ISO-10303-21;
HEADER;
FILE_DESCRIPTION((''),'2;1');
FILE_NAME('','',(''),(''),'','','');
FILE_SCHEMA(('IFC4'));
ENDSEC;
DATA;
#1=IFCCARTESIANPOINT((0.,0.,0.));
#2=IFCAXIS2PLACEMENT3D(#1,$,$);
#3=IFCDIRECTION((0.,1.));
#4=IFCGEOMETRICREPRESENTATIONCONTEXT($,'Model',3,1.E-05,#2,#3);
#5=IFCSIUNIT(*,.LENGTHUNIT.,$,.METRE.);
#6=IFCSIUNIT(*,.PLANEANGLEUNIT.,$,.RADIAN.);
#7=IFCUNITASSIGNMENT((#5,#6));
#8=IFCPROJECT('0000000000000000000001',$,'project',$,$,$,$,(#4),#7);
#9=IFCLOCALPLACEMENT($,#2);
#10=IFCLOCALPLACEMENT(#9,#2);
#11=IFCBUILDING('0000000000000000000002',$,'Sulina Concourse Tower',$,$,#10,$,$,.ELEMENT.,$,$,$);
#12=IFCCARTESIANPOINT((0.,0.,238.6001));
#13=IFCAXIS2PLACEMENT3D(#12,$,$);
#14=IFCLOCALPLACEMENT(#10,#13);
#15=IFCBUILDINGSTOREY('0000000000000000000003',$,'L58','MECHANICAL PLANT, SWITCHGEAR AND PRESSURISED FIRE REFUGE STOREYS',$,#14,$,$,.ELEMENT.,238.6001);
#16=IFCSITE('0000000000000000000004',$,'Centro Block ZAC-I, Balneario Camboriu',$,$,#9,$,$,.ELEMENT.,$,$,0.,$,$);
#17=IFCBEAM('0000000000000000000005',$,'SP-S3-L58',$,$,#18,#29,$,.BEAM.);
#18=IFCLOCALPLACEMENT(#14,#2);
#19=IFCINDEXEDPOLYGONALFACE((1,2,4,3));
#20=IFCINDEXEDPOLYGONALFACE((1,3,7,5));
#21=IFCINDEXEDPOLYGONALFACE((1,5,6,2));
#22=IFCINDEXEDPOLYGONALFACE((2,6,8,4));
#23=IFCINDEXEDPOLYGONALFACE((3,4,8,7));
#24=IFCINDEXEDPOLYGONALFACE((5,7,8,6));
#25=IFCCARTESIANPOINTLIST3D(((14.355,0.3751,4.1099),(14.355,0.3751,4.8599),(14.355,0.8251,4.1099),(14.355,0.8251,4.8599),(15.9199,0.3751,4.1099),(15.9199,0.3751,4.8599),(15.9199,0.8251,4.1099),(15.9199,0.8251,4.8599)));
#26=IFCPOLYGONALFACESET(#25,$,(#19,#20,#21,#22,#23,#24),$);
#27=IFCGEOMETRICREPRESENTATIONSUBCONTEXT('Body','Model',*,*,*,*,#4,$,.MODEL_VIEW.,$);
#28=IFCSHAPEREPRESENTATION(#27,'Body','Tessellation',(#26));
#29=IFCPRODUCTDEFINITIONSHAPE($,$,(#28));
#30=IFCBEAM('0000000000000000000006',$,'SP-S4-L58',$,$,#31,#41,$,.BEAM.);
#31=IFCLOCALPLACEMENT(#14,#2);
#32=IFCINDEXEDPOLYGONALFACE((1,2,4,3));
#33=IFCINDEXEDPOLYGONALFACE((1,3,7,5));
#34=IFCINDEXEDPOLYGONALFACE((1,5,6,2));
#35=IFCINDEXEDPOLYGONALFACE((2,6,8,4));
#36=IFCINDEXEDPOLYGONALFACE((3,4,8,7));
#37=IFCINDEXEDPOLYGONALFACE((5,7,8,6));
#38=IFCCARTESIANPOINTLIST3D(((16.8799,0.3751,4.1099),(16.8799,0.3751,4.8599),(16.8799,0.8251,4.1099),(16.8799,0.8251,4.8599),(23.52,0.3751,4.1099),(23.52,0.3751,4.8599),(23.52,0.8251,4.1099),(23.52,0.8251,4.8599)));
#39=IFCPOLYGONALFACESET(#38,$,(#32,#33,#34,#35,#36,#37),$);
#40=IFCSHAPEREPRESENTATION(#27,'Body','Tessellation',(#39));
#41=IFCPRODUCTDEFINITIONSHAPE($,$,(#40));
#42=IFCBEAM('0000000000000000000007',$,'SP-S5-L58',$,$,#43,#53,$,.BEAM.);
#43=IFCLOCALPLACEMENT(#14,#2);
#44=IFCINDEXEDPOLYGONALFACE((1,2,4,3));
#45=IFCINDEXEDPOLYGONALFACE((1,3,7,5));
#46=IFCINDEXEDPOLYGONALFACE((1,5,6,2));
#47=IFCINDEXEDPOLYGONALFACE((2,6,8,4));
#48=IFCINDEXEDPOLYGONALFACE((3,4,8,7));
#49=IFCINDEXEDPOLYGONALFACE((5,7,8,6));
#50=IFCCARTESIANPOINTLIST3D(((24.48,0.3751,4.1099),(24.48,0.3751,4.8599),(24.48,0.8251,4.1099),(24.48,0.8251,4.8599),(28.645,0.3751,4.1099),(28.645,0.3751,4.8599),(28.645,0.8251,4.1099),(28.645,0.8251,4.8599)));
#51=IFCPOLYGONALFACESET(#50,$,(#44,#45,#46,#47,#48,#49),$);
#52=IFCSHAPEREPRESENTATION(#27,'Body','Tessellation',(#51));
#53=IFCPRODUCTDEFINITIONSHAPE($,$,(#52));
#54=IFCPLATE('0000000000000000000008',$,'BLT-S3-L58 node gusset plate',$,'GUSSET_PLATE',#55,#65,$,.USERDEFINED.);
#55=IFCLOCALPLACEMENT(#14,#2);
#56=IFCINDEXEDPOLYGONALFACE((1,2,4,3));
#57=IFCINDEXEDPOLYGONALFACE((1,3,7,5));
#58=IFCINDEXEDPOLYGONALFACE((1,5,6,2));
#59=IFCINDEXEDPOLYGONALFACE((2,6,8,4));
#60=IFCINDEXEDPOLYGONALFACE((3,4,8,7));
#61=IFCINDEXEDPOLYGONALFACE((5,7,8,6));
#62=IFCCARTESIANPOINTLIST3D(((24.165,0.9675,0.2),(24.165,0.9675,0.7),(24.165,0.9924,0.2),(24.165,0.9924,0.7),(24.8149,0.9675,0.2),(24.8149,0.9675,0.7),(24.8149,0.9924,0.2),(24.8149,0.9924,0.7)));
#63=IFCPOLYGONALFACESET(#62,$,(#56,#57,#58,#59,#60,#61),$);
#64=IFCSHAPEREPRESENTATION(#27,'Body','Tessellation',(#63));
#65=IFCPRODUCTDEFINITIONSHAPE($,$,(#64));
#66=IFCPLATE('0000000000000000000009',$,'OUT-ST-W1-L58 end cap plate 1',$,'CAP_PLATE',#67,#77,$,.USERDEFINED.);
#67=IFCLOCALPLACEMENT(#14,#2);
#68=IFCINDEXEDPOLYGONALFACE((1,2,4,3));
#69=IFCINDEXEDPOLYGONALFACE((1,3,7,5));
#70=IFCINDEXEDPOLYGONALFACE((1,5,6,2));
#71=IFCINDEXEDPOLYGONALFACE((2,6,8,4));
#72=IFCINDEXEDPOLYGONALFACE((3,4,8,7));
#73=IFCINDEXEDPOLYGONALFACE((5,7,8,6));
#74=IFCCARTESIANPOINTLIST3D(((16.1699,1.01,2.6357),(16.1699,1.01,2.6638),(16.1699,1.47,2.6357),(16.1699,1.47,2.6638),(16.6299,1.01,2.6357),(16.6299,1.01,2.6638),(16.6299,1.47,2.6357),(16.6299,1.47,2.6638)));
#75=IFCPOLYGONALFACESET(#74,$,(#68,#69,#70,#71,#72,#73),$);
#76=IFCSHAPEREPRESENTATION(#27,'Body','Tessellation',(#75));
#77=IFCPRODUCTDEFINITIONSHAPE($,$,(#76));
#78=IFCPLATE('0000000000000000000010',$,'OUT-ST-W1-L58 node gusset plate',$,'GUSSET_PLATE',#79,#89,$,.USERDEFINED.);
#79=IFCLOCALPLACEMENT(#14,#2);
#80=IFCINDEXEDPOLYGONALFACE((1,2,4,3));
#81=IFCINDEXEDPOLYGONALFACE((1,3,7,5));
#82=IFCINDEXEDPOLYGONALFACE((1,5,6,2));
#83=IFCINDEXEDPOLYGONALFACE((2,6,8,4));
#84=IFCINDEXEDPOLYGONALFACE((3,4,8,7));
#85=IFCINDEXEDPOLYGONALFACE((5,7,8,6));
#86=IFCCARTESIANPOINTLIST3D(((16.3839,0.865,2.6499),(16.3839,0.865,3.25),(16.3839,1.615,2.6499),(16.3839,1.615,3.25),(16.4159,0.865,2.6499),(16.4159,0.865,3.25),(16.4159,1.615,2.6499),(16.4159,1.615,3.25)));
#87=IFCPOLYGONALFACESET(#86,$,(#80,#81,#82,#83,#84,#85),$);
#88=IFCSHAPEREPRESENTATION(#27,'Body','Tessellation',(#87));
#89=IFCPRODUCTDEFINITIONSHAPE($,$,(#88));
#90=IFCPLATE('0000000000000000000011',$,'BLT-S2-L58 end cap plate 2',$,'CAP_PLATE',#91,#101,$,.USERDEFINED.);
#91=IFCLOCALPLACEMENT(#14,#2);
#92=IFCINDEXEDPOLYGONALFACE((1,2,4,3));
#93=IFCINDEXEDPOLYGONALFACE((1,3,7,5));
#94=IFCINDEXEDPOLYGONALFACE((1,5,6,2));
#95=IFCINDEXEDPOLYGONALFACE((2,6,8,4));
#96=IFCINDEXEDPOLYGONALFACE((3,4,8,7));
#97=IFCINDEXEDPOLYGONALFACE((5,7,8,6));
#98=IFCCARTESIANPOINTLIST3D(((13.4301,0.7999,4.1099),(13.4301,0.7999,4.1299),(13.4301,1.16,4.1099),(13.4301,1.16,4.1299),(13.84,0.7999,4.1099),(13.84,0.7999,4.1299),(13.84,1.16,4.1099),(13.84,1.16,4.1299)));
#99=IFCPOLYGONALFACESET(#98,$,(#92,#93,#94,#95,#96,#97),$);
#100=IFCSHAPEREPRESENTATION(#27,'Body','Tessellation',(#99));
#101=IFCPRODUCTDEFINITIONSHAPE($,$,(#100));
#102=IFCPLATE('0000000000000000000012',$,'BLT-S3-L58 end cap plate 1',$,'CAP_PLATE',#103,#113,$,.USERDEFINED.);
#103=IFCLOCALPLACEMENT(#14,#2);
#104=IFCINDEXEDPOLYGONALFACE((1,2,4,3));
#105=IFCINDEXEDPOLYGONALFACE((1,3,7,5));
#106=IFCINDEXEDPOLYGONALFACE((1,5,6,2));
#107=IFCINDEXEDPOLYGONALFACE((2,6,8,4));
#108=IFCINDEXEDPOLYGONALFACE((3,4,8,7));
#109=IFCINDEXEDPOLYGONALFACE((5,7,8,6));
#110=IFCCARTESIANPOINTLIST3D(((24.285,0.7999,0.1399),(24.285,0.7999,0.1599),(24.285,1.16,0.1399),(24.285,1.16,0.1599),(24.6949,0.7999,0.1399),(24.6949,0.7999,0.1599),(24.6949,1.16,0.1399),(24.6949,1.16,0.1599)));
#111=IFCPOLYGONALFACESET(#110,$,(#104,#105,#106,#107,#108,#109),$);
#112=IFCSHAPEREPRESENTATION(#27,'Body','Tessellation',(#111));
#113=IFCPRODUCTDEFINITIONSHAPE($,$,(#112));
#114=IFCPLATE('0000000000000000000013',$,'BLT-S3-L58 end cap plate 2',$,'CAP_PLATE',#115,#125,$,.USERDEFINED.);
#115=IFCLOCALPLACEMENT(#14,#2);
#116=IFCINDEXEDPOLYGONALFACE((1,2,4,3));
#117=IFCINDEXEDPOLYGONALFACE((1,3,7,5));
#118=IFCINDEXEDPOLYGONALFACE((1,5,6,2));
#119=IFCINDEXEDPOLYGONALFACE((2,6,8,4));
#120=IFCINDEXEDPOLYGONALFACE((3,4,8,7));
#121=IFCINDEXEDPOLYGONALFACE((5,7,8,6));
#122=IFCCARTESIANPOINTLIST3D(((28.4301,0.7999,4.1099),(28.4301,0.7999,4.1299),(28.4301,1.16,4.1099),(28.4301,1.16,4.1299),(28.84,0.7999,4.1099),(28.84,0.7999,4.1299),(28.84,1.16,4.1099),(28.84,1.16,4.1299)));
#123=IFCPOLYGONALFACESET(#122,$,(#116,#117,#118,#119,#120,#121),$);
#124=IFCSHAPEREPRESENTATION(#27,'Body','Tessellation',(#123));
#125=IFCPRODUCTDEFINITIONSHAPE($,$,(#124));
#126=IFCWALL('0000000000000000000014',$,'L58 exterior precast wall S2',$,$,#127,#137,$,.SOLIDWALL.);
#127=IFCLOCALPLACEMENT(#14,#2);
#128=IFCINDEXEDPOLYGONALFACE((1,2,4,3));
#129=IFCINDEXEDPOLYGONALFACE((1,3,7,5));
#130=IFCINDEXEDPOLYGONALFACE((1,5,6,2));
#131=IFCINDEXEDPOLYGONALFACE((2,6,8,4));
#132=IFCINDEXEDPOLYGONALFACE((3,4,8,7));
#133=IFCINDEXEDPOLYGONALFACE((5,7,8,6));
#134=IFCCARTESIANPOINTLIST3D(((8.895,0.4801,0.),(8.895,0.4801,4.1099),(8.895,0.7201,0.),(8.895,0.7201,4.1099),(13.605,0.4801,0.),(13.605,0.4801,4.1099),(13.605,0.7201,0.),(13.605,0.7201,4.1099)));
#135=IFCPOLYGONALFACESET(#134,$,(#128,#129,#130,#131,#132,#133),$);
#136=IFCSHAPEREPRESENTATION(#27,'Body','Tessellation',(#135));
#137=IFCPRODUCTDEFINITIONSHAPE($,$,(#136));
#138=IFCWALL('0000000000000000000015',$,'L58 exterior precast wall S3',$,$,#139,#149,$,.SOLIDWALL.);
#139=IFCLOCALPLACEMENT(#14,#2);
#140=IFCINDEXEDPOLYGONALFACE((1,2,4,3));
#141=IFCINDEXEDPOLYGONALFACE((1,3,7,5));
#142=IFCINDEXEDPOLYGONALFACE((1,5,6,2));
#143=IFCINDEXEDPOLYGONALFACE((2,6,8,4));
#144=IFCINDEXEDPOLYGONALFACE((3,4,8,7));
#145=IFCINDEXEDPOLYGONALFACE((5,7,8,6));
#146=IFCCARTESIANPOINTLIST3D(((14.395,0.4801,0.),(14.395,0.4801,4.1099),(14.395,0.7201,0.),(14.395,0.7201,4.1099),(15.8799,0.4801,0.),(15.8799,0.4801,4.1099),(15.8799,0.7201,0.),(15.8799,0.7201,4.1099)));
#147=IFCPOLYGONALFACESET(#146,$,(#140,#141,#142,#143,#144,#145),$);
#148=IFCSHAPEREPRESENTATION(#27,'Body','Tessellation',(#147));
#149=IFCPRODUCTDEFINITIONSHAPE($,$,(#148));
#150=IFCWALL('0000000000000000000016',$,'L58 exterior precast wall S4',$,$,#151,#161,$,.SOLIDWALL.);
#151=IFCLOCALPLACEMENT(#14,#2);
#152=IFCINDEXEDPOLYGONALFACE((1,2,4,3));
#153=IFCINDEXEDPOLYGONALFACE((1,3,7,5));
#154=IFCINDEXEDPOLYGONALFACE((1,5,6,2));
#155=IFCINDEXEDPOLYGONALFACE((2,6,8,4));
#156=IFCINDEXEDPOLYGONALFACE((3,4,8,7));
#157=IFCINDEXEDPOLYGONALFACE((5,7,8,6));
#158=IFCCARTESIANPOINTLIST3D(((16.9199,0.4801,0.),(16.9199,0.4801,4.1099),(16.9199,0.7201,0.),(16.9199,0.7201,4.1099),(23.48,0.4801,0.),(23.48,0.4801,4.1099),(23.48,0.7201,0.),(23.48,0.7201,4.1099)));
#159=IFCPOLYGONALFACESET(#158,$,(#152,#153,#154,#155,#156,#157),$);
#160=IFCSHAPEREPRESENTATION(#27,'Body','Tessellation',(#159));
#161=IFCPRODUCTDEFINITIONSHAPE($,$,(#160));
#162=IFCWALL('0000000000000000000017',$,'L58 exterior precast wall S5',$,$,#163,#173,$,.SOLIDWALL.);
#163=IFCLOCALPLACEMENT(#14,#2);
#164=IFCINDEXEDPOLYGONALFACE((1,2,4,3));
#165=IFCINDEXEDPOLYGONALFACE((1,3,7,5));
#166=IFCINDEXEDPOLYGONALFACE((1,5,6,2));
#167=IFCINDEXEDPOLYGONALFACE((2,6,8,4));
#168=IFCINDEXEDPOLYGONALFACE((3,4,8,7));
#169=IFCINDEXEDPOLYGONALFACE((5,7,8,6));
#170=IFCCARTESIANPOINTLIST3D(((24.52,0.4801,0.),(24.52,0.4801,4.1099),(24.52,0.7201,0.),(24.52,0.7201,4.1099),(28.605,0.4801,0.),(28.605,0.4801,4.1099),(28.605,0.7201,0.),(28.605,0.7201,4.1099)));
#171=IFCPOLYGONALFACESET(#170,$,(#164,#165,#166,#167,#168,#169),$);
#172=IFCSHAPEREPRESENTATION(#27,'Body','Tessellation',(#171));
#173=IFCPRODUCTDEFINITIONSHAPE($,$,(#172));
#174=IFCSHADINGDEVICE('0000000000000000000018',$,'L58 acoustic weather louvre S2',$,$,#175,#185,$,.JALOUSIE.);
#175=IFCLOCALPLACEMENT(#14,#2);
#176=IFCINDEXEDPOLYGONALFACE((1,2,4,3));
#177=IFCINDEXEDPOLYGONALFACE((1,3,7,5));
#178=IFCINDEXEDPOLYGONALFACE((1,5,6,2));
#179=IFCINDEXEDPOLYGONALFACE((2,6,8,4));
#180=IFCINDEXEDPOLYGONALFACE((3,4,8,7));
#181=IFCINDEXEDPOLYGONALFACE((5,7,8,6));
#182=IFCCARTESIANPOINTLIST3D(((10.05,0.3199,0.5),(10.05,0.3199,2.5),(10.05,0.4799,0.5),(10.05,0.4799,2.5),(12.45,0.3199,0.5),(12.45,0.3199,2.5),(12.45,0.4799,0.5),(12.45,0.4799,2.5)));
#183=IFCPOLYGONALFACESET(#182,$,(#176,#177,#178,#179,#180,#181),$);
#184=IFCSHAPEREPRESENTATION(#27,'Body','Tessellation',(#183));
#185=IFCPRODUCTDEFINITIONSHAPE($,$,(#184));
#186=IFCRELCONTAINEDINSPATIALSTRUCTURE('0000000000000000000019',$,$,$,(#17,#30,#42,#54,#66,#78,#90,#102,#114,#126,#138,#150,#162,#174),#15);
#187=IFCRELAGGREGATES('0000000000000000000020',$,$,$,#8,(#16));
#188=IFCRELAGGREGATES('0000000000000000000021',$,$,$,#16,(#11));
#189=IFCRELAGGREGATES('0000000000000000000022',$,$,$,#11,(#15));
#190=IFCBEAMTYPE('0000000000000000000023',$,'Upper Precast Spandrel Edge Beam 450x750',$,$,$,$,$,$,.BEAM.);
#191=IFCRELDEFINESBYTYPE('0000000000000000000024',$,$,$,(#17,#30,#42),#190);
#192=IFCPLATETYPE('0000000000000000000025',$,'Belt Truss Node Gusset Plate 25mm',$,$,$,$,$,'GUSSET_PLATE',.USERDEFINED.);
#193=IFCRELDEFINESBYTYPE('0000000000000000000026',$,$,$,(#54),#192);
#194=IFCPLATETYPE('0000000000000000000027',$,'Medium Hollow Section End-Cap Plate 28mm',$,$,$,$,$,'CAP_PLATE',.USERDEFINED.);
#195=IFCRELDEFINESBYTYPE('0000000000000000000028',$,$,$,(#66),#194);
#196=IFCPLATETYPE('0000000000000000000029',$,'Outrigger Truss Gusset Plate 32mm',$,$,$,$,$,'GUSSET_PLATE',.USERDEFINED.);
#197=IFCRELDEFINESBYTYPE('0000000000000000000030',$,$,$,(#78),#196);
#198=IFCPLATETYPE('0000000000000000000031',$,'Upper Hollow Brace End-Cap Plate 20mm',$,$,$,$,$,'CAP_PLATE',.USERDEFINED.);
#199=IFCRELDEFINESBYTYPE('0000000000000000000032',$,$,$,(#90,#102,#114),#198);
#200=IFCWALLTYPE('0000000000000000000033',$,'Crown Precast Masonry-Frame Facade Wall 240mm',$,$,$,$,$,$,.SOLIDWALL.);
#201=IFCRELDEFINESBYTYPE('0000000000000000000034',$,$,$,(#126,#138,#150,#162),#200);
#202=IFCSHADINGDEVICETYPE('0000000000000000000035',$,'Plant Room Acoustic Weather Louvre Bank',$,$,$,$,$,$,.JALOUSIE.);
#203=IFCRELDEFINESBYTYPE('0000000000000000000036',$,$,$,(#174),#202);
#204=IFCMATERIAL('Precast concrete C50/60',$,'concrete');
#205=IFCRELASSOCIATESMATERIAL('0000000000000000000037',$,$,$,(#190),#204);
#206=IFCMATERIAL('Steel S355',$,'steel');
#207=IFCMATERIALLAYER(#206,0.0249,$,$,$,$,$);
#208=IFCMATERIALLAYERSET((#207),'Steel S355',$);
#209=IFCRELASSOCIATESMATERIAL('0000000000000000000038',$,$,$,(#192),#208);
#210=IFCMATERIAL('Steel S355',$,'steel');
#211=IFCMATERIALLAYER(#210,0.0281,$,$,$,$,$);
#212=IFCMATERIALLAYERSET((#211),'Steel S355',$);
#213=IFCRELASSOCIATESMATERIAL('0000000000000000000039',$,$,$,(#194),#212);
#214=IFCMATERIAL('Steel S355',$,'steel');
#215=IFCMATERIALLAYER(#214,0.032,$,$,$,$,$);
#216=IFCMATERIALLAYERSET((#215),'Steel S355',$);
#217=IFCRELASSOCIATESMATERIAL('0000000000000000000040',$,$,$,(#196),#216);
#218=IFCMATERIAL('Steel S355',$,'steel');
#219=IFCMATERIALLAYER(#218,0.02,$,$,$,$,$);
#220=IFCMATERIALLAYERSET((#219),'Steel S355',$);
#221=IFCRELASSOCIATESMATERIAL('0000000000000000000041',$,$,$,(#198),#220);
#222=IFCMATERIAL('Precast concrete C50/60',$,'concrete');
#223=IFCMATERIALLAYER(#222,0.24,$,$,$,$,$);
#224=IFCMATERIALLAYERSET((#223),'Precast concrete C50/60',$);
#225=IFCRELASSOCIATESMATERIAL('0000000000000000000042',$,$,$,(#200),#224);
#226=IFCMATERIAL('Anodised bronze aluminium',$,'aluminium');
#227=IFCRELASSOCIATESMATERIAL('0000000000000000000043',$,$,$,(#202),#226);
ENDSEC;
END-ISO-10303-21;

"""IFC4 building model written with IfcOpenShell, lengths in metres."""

from ifc_helpers import new_model, si_unit, direction, frame, frame_2d, origin, origin_2d, place, context, subcontext, project, spatial, rectangle, extrude, material, layer, layer_set, material_profile, profile_set, type_object, element, save


model = new_model("IFC4")

# Units and contexts
model_context = context("Model", 3, precision=1e-05, world=origin(), true_north=direction((0.0, 1.0)))
body_context = subcontext(model_context, "Body", "Model", "MODEL_VIEW")
ifc_project = project(units=[si_unit("LENGTHUNIT", "METRE"), si_unit("PLANEANGLEUNIT", "RADIAN")], contexts=[model_context])

# Site, building, storey
site_placement = place(None, origin())
site = spatial("IfcSite", under=ifc_project, at=site_placement, Name="Centro Block ZAC-I, Balneario Camboriu", CompositionType="ELEMENT", RefElevation=0.0)
building_placement = place(site_placement, origin())
building = spatial("IfcBuilding", under=site, at=building_placement, Name="Sulina Concourse Tower", CompositionType="ELEMENT")
storey_placement = place(building_placement, frame((0.0, 0.0, 238.6001)))
storey = spatial("IfcBuildingStorey", under=building, at=storey_placement, Name="L58", Description="MECHANICAL PLANT, SWITCHGEAR AND PRESSURISED FIRE REFUGE STOREYS", CompositionType="ELEMENT", Elevation=238.6001)

# Beams
ifc_material_1 = material(Name="Precast concrete C50/60", Category="concrete")
ifc_material_profile_1 = material_profile(ifc_material_1, rectangle(XDim=0.45, YDim=0.75, at=origin_2d()), Name="RC 450x750")
ifc_profile_set_1 = profile_set([ifc_material_profile_1], Name="Precast concrete C50/60")
beam_type_1 = type_object("IfcBeamType", Name="Upper Precast Spandrel Edge Beam 450x750", PredefinedType="BEAM", material=ifc_profile_set_1)
beam_1_placement = place(storey_placement, frame((14.355, 0.6001, 4.4849), z_axis=(1.0, 0.0, 0.0), x_axis=(0.0, 1.0, 0.0)))
element("IfcBeam", 1, at=beam_1_placement, inside=storey, type_object=beam_type_1, Name="SP-S3-L58", PredefinedType="BEAM", context=body_context, shape_type="SweptSolid", body=[
    extrude(rectangle(XDim=0.45, YDim=0.75, at=origin_2d()), origin(), (0.0, 0.0, 1.0), 1.5649),
])
beam_2_placement = place(storey_placement, frame((16.8799, 0.6001, 4.4849), z_axis=(1.0, 0.0, 0.0), x_axis=(0.0, 1.0, 0.0)))
element("IfcBeam", 2, at=beam_2_placement, inside=storey, type_object=beam_type_1, Name="SP-S4-L58", PredefinedType="BEAM", context=body_context, shape_type="SweptSolid", body=[
    extrude(rectangle(XDim=0.45, YDim=0.75, at=origin_2d()), origin(), (0.0, 0.0, 1.0), 6.6401),
])
beam_3_placement = place(storey_placement, frame((24.48, 0.6001, 4.4849), z_axis=(1.0, 0.0, 0.0), x_axis=(0.0, 1.0, 0.0)))
element("IfcBeam", 3, at=beam_3_placement, inside=storey, type_object=beam_type_1, Name="SP-S5-L58", PredefinedType="BEAM", context=body_context, shape_type="SweptSolid", body=[
    extrude(rectangle(XDim=0.45, YDim=0.75, at=origin_2d()), origin(), (0.0, 0.0, 1.0), 4.165),
])

# Plates
ifc_material_2 = material(Name="Steel S355", Category="steel")
ifc_layer_1 = layer(ifc_material_2, 0.0249)
ifc_layer_set_1 = layer_set([ifc_layer_1], Name="Steel S355")
plate_type_1 = type_object("IfcPlateType", Name="Belt Truss Node Gusset Plate 25mm", ElementType="GUSSET_PLATE", PredefinedType="USERDEFINED", material=ifc_layer_set_1)
plate_1_placement = place(storey_placement, frame((24.49, 0.98, 0.2), z_axis=(0.0, 0.0, 1.0), x_axis=(1.0, 0.0, 0.0)))
element("IfcPlate", 4, at=plate_1_placement, inside=storey, type_object=plate_type_1, Name="BLT-S3-L58 node gusset plate", ObjectType="GUSSET_PLATE", PredefinedType="USERDEFINED", context=body_context, shape_type="SweptSolid", body=[
    extrude(rectangle(XDim=0.6499, YDim=0.0249, at=origin_2d()), origin(), (0.0, 0.0, 1.0), 0.5),
])
ifc_material_3 = material(Name="Steel S355", Category="steel")
ifc_layer_2 = layer(ifc_material_3, 0.0281)
ifc_layer_set_2 = layer_set([ifc_layer_2], Name="Steel S355")
plate_type_2 = type_object("IfcPlateType", Name="Medium Hollow Section End-Cap Plate 28mm", ElementType="CAP_PLATE", PredefinedType="USERDEFINED", material=ifc_layer_set_2)
plate_2_placement = place(storey_placement, frame((16.3999, 1.24, 2.6357), z_axis=(0.0, 0.0, 1.0), x_axis=(1.0, 0.0, 0.0)))
element("IfcPlate", 5, at=plate_2_placement, inside=storey, type_object=plate_type_2, Name="OUT-ST-W1-L58 end cap plate 1", ObjectType="CAP_PLATE", PredefinedType="USERDEFINED", context=body_context, shape_type="SweptSolid", body=[
    extrude(rectangle(XDim=0.46, YDim=0.46, at=origin_2d()), origin(), (0.0, 0.0, 1.0), 0.0281),
])
ifc_material_4 = material(Name="Steel S355", Category="steel")
ifc_layer_3 = layer(ifc_material_4, 0.032)
ifc_layer_set_3 = layer_set([ifc_layer_3], Name="Steel S355")
plate_type_3 = type_object("IfcPlateType", Name="Outrigger Truss Gusset Plate 32mm", ElementType="GUSSET_PLATE", PredefinedType="USERDEFINED", material=ifc_layer_set_3)
plate_3_placement = place(storey_placement, frame((16.3999, 1.24, 2.6499), z_axis=(0.0, 0.0, 1.0), x_axis=(1.0, 0.0, 0.0)))
element("IfcPlate", 6, at=plate_3_placement, inside=storey, type_object=plate_type_3, Name="OUT-ST-W1-L58 node gusset plate", ObjectType="GUSSET_PLATE", PredefinedType="USERDEFINED", context=body_context, shape_type="SweptSolid", body=[
    extrude(rectangle(XDim=0.032, YDim=0.75, at=origin_2d()), origin(), (0.0, 0.0, 1.0), 0.6001),
])
ifc_material_5 = material(Name="Steel S355", Category="steel")
ifc_layer_4 = layer(ifc_material_5, 0.02)
ifc_layer_set_4 = layer_set([ifc_layer_4], Name="Steel S355")
plate_type_4 = type_object("IfcPlateType", Name="Upper Hollow Brace End-Cap Plate 20mm", ElementType="CAP_PLATE", PredefinedType="USERDEFINED", material=ifc_layer_set_4)
for number, where, z_axis, x_axis, name in (
    (7, (13.635, 0.98, 4.1099), (0.0, 0.0, 1.0), (1.0, 0.0, 0.0), "BLT-S2-L58 end cap plate 2"),
    (8, (24.49, 0.98, 0.1399), (0.0, 0.0, 1.0), (1.0, 0.0, 0.0), "BLT-S3-L58 end cap plate 1"),
    (9, (28.635, 0.98, 4.1099), (0.0, 0.0, 1.0), (1.0, 0.0, 0.0), "BLT-S3-L58 end cap plate 2"),
):
    element("IfcPlate", number, at=place(storey_placement, frame(where, z_axis=z_axis, x_axis=x_axis)), inside=storey, type_object=plate_type_4, Name=name, ObjectType="CAP_PLATE", PredefinedType="USERDEFINED", context=body_context, shape_type="SweptSolid", body=[
        extrude(rectangle(XDim=0.4099, YDim=0.3601, at=origin_2d()), origin(), (0.0, 0.0, 1.0), 0.02),
    ])

# Walls
ifc_material_6 = material(Name="Precast concrete C50/60", Category="concrete")
ifc_layer_5 = layer(ifc_material_6, 0.24)
ifc_layer_set_5 = layer_set([ifc_layer_5], Name="Precast concrete C50/60")
wall_type = type_object("IfcWallType", Name="Crown Precast Masonry-Frame Facade Wall 240mm", PredefinedType="SOLIDWALL", material=ifc_layer_set_5)
wall_1_placement = place(storey_placement, frame((13.605, 0.6001, 0.0), z_axis=(0.0, 0.0, 1.0), x_axis=(-1.0, 0.0, 0.0)))
element("IfcWall", 10, at=wall_1_placement, inside=storey, type_object=wall_type, Name="L58 exterior precast wall S2", PredefinedType="SOLIDWALL", context=body_context, shape_type="SweptSolid", body=[
    extrude(rectangle(XDim=4.71, YDim=0.24, at=frame_2d((2.355, 0.0))), origin(), (0.0, 0.0, 1.0), 4.1099),
])
wall_2_placement = place(storey_placement, frame((15.8799, 0.6001, 0.0), z_axis=(0.0, 0.0, 1.0), x_axis=(-1.0, 0.0, 0.0)))
element("IfcWall", 11, at=wall_2_placement, inside=storey, type_object=wall_type, Name="L58 exterior precast wall S3", PredefinedType="SOLIDWALL", context=body_context, shape_type="SweptSolid", body=[
    extrude(rectangle(XDim=1.4849, YDim=0.24, at=frame_2d((0.7424, 0.0))), origin(), (0.0, 0.0, 1.0), 4.1099),
])
wall_3_placement = place(storey_placement, frame((23.48, 0.6001, 0.0), z_axis=(0.0, 0.0, 1.0), x_axis=(-1.0, 0.0, 0.0)))
element("IfcWall", 12, at=wall_3_placement, inside=storey, type_object=wall_type, Name="L58 exterior precast wall S4", PredefinedType="SOLIDWALL", context=body_context, shape_type="SweptSolid", body=[
    extrude(rectangle(XDim=6.5601, YDim=0.24, at=frame_2d((3.28, 0.0))), origin(), (0.0, 0.0, 1.0), 4.1099),
])
wall_4_placement = place(storey_placement, frame((28.605, 0.6001, 0.0), z_axis=(0.0, 0.0, 1.0), x_axis=(-1.0, 0.0, 0.0)))
element("IfcWall", 13, at=wall_4_placement, inside=storey, type_object=wall_type, Name="L58 exterior precast wall S5", PredefinedType="SOLIDWALL", context=body_context, shape_type="SweptSolid", body=[
    extrude(rectangle(XDim=4.085, YDim=0.24, at=frame_2d((2.0425, 0.0))), origin(), (0.0, 0.0, 1.0), 4.1099),
])

# Shading device
ifc_material_7 = material(Name="Anodised bronze aluminium", Category="aluminium")
shading_device_type = type_object("IfcShadingDeviceType", Name="Plant Room Acoustic Weather Louvre Bank", PredefinedType="JALOUSIE", material=ifc_material_7)
for number, where, z_axis, x_axis, name in (
    (14, (11.25, 0.3999, 0.5), (0.0, 0.0, 1.0), (1.0, 0.0, 0.0), "L58 acoustic weather louvre S2"),
):
    element("IfcShadingDevice", number, at=place(storey_placement, frame(where, z_axis=z_axis, x_axis=x_axis)), inside=storey, type_object=shading_device_type, Name=name, PredefinedType="JALOUSIE", context=body_context, shape_type="SweptSolid", body=[
        extrude(rectangle(XDim=2.3999, YDim=0.1599, at=origin_2d()), origin(), (0.0, 0.0, 1.0), 2.0),
    ])

save(model, "model.ifc")
